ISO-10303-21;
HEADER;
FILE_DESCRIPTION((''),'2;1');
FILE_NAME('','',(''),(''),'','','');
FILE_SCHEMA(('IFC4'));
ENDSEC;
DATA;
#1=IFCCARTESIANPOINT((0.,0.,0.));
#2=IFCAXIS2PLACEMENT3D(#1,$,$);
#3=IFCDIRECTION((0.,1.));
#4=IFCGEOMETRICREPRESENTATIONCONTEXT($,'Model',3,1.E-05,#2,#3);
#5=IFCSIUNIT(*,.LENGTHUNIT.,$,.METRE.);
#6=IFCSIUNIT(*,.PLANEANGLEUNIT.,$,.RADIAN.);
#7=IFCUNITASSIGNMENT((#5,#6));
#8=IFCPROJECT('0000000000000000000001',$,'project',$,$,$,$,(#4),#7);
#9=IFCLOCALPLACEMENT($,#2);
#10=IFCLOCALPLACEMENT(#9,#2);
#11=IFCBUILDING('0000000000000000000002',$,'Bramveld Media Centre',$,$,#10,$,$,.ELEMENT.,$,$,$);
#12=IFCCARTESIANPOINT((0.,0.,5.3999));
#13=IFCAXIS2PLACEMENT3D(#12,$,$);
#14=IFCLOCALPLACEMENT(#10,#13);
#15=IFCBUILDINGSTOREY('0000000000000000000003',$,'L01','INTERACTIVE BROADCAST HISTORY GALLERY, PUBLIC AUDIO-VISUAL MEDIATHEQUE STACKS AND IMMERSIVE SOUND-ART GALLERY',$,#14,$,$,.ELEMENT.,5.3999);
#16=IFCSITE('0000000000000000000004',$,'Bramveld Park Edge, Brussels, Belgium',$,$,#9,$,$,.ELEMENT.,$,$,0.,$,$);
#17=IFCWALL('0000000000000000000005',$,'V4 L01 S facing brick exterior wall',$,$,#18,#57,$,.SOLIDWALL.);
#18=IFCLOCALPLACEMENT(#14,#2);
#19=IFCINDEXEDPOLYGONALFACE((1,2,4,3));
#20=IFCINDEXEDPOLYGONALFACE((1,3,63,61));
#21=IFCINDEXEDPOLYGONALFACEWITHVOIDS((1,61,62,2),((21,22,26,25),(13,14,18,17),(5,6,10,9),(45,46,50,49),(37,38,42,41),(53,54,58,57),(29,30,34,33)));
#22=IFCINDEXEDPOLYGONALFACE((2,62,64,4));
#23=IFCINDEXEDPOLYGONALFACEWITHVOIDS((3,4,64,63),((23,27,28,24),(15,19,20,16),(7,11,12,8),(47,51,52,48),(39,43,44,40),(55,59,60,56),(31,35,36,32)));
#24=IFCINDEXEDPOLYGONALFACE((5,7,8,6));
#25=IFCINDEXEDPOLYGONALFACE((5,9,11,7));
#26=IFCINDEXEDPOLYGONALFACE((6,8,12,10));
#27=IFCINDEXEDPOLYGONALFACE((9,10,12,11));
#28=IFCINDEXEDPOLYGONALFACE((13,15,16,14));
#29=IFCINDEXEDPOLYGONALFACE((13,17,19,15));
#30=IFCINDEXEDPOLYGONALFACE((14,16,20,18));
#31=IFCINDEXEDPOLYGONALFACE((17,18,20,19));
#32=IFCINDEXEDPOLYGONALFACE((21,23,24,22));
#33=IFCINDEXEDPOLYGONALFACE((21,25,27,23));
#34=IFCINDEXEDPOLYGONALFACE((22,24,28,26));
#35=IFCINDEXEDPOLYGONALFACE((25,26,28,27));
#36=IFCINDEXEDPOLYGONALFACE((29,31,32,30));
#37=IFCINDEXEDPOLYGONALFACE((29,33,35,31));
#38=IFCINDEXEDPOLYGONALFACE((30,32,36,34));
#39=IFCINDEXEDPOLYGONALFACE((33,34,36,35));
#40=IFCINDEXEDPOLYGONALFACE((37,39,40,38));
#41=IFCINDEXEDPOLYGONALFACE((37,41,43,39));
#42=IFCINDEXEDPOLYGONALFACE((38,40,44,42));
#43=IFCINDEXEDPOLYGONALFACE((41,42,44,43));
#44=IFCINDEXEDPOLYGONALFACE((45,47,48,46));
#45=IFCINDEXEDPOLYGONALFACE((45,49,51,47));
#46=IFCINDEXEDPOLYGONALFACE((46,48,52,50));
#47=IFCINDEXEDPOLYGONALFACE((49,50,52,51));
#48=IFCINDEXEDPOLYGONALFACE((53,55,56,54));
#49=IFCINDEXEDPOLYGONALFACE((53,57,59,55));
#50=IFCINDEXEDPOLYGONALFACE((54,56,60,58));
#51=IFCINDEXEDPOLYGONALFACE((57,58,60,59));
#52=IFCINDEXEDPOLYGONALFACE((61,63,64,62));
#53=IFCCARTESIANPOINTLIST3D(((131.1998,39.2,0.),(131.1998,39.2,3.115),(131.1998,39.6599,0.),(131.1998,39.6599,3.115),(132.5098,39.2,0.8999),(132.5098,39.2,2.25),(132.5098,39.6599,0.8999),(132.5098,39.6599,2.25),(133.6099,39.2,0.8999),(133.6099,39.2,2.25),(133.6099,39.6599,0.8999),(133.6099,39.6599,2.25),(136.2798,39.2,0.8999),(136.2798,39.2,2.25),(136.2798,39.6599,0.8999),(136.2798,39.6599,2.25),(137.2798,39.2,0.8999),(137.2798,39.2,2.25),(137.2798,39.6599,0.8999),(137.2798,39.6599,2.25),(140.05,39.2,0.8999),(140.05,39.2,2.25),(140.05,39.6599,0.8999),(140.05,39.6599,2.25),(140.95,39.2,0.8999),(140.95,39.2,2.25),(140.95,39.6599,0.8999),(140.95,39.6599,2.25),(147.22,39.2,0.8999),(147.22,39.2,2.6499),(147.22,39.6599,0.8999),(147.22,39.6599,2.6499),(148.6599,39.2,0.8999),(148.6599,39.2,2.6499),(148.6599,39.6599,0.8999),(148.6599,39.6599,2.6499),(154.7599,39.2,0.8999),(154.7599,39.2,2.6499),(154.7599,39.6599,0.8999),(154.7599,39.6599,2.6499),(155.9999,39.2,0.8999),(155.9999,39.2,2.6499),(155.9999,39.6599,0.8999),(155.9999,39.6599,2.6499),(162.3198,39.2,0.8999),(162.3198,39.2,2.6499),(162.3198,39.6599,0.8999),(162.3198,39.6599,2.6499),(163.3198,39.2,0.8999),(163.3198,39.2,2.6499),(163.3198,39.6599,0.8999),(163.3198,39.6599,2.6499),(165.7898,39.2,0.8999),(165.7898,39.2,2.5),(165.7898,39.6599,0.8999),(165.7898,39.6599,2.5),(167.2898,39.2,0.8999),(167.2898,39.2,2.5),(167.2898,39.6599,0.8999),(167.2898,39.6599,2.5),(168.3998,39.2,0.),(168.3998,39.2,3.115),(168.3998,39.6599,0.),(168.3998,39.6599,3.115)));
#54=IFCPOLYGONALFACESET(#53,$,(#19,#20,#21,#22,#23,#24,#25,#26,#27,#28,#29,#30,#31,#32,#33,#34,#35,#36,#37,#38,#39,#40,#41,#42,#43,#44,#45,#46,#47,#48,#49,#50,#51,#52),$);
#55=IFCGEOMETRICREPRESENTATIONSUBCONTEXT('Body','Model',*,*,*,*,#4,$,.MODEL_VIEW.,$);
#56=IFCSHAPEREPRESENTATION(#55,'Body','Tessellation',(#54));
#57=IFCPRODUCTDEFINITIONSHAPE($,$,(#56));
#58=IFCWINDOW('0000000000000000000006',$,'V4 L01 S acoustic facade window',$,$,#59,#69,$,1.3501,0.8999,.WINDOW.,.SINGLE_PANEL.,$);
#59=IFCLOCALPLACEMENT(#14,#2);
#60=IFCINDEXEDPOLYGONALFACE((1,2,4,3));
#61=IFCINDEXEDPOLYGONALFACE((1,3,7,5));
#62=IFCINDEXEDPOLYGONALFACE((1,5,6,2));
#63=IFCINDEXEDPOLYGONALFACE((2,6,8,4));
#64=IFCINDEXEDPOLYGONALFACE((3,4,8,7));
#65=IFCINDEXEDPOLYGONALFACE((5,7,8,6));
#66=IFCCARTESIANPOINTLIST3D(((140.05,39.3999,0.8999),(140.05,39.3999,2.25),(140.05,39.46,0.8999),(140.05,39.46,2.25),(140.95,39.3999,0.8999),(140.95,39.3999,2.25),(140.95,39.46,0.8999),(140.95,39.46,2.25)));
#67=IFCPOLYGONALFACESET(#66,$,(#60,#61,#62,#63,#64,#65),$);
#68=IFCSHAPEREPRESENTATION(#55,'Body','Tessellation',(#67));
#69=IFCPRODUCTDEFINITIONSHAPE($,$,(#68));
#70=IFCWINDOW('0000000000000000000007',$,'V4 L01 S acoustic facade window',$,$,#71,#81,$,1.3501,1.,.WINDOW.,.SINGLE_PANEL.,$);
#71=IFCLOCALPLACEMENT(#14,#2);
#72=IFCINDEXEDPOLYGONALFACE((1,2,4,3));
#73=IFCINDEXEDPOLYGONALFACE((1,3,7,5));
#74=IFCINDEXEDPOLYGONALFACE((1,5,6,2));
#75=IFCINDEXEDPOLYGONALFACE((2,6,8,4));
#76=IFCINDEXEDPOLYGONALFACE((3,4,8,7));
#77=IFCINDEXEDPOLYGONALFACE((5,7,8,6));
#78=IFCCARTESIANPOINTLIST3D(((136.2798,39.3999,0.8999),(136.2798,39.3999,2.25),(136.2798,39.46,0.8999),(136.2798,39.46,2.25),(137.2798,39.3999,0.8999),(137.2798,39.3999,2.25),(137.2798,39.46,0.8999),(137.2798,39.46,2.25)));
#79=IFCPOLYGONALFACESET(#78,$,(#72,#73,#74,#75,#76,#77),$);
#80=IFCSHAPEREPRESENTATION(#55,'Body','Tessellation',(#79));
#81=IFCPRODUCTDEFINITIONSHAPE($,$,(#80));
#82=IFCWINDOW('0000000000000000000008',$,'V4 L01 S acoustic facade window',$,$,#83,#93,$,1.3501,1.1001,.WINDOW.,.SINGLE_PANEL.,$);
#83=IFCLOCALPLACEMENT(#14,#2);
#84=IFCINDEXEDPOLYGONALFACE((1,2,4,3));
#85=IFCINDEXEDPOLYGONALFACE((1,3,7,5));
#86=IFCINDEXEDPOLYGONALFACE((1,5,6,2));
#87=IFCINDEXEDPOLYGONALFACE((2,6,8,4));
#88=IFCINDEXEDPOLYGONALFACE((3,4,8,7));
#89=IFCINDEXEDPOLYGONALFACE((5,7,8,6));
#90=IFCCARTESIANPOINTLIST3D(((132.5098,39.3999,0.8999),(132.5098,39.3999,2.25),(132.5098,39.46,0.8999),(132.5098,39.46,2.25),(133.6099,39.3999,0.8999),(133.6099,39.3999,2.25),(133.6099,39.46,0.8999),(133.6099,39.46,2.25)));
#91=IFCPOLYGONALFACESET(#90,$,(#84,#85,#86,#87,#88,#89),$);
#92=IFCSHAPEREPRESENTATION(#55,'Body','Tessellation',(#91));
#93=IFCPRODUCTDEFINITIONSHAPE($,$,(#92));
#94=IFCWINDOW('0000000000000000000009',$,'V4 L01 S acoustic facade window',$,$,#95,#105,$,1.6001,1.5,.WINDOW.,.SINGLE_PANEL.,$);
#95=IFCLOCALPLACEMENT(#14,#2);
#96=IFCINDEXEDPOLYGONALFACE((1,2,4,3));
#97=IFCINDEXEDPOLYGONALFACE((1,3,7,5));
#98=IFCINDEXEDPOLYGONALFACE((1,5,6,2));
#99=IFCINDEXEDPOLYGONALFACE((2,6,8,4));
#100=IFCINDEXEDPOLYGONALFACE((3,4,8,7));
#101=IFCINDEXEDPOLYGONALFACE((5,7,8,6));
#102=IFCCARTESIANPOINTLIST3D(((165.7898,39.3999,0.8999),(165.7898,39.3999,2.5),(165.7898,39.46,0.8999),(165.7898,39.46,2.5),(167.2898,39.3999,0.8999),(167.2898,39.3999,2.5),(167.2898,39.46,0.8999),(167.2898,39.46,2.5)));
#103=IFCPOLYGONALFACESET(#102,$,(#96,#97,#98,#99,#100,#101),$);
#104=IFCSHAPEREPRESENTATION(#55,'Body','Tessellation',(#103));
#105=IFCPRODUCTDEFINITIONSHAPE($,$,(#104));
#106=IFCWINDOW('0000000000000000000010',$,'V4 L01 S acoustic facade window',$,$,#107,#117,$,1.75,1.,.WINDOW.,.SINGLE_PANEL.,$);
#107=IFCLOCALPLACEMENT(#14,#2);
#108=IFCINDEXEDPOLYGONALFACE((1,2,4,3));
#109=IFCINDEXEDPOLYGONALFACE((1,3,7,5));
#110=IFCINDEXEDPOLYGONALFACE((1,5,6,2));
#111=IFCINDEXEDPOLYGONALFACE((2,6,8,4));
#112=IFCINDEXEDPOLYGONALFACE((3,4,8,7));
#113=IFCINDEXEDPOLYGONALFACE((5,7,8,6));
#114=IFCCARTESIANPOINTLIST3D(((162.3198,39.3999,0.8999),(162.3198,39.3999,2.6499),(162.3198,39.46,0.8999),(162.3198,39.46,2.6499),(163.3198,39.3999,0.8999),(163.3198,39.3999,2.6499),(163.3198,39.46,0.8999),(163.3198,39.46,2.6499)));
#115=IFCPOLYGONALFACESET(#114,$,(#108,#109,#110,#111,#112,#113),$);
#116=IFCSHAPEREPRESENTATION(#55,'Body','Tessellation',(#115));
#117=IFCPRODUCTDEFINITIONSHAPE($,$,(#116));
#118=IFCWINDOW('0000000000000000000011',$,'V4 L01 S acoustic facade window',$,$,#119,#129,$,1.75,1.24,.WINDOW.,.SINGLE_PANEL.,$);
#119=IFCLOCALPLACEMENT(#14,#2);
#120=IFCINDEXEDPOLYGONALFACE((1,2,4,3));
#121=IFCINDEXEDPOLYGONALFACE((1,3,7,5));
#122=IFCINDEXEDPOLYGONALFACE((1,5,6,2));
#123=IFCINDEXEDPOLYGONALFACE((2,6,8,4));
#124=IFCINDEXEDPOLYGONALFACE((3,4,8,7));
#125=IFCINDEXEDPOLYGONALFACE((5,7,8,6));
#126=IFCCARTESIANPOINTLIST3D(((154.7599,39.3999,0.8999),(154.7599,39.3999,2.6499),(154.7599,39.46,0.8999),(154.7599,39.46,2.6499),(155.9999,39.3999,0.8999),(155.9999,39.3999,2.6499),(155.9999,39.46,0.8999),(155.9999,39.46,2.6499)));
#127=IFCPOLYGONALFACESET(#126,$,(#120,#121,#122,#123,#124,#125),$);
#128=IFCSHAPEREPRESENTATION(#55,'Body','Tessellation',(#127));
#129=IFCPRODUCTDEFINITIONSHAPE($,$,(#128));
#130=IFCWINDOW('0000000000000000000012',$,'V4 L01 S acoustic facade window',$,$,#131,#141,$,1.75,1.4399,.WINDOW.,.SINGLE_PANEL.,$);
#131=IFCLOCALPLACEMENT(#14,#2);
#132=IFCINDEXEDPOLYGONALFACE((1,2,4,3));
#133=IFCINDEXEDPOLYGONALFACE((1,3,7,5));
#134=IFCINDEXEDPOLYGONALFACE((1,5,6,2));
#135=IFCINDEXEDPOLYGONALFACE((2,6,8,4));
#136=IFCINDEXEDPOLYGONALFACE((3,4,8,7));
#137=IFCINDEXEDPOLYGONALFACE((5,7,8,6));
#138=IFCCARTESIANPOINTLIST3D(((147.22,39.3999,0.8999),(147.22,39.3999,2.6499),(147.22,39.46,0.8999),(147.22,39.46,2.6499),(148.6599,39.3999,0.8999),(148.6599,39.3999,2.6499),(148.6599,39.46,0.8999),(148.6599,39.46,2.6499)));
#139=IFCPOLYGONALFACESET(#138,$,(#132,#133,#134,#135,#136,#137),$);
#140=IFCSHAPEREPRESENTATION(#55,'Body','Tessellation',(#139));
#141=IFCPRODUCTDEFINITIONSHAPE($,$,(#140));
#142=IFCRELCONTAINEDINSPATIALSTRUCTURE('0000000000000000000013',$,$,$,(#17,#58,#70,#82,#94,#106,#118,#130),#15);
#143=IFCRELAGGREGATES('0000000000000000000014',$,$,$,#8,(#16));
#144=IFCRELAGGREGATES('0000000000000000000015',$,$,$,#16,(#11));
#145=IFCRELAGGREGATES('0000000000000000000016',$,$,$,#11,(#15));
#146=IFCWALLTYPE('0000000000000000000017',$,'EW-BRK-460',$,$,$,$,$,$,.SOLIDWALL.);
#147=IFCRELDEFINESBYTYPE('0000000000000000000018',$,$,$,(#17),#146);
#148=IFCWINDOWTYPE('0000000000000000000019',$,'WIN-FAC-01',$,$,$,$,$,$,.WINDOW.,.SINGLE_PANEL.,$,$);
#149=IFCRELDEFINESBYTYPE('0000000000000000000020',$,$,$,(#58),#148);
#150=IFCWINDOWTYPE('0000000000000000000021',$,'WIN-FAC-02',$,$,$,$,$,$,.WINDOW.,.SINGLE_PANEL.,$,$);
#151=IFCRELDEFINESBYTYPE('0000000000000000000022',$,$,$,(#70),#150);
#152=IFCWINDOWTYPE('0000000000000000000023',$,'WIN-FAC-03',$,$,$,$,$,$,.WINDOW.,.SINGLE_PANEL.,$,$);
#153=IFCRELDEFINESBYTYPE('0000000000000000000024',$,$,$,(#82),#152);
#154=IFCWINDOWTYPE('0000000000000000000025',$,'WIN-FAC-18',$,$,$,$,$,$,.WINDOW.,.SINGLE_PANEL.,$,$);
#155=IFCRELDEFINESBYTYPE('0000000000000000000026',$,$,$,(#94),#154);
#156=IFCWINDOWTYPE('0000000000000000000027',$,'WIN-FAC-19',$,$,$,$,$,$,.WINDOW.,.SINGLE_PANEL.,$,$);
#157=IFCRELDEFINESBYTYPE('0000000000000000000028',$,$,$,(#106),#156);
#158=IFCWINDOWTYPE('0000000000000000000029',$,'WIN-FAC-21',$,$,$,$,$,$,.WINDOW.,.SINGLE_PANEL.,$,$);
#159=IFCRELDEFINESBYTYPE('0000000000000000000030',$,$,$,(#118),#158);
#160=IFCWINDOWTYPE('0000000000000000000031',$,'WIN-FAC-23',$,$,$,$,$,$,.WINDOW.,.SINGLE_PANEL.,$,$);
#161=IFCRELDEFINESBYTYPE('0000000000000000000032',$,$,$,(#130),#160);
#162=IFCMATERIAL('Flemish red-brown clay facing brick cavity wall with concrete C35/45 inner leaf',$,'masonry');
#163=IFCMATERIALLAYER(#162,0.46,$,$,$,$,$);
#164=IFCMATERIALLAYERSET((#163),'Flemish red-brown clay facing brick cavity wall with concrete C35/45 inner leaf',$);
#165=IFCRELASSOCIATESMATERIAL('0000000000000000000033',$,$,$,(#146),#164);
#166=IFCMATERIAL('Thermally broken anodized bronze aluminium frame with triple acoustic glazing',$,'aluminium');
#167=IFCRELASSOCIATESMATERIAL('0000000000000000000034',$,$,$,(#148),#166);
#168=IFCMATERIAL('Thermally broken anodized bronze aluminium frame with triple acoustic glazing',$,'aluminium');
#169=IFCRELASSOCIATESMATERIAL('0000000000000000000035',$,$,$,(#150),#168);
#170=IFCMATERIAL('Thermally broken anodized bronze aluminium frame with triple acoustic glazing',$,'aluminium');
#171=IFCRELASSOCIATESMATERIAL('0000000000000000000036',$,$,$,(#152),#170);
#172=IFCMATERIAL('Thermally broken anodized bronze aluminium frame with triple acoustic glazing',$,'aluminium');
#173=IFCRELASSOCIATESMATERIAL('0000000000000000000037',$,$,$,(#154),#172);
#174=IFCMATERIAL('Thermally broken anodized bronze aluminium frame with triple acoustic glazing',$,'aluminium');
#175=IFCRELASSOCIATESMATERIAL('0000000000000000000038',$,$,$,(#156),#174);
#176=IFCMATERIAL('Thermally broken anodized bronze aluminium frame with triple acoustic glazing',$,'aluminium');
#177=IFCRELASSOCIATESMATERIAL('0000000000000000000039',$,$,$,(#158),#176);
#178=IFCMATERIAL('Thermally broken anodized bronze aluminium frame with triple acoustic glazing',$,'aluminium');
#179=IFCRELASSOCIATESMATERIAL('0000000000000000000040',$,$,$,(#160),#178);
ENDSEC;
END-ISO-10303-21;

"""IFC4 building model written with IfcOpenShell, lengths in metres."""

from ifc_helpers import new_model, si_unit, direction, frame, frame_2d, origin, place, context, subcontext, project, spatial, rectangle, extrude, material, layer, layer_set, type_object, element, fill, save


model = new_model("IFC4")

# Units and contexts
model_context = context("Model", 3, precision=1e-05, world=origin(), true_north=direction((0.0, 1.0)))
body_context = subcontext(model_context, "Body", "Model", "MODEL_VIEW")
ifc_project = project(units=[si_unit("LENGTHUNIT", "METRE"), si_unit("PLANEANGLEUNIT", "RADIAN")], contexts=[model_context])

# Site, building, storey
site_placement = place(None, origin())
site = spatial("IfcSite", under=ifc_project, at=site_placement, Name="Bramveld Park Edge, Brussels, Belgium", CompositionType="ELEMENT", RefElevation=0.0)
building_placement = place(site_placement, origin())
building = spatial("IfcBuilding", under=site, at=building_placement, Name="Bramveld Media Centre", CompositionType="ELEMENT")
storey_placement = place(building_placement, frame((0.0, 0.0, 5.3999)))
storey = spatial("IfcBuildingStorey", under=building, at=storey_placement, Name="L01", Description="INTERACTIVE BROADCAST HISTORY GALLERY, PUBLIC AUDIO-VISUAL MEDIATHEQUE STACKS AND IMMERSIVE SOUND-ART GALLERY", CompositionType="ELEMENT", Elevation=5.3999)

# Wall, openings, windows
ifc_material_1 = material(Name="Flemish red-brown clay facing brick cavity wall with concrete C35/45 inner leaf", Category="masonry")
ifc_layer_1 = layer(ifc_material_1, 0.46)
ifc_layer_set_1 = layer_set([ifc_layer_1], Name="Flemish red-brown clay facing brick cavity wall with concrete C35/45 inner leaf")
wall_type_1 = type_object("IfcWallType", Name="EW-BRK-460", PredefinedType="SOLIDWALL", material=ifc_layer_set_1)
wall_1_placement = place(storey_placement, frame((168.3999, 39.4299, 0.0), z_axis=(0.0, 0.0, 1.0), x_axis=(-1.0, 0.0, 0.0)))
wall_1 = element("IfcWall", 1, at=wall_1_placement, inside=storey, type_object=wall_type_1, Name="V4 L01 S facing brick exterior wall", PredefinedType="SOLIDWALL", context=body_context, shape_type="SweptSolid", body=[
    extrude(rectangle(XDim=37.2, YDim=0.46, at=frame_2d((18.6001, 0.0))), origin(), (0.0, 0.0, 1.0), 3.115),
])
opening_1_placement = place(wall_1_placement, frame((1.1101, 0.0, 0.8999)))
opening_1 = element("IfcOpeningElement", 2, at=opening_1_placement, cuts=wall_1, PredefinedType="OPENING", context=body_context, shape_type="SweptSolid", body=[
    extrude(rectangle(XDim=1.5, YDim=1.6001, at=frame_2d((0.75, 0.8))), frame((0.0, 0.2419, 0.0), z_axis=(0.0, -1.0, 0.0), x_axis=(1.0, 0.0, 0.0)), (0.0, 0.0, 1.0), 0.4839),
])
opening_2_placement = place(wall_1_placement, frame((5.0801, 0.0, 0.8999)))
opening_2 = element("IfcOpeningElement", 3, at=opening_2_placement, cuts=wall_1, PredefinedType="OPENING", context=body_context, shape_type="SweptSolid", body=[
    extrude(rectangle(XDim=1.0, YDim=1.75, at=frame_2d((0.5, 0.875))), frame((0.0, 0.2419, 0.0), z_axis=(0.0, -1.0, 0.0), x_axis=(1.0, 0.0, 0.0)), (0.0, 0.0, 1.0), 0.4839),
])
opening_3_placement = place(wall_1_placement, frame((12.3999, 0.0, 0.8999)))
opening_3 = element("IfcOpeningElement", 4, at=opening_3_placement, cuts=wall_1, PredefinedType="OPENING", context=body_context, shape_type="SweptSolid", body=[
    extrude(rectangle(XDim=1.24, YDim=1.75, at=frame_2d((0.6201, 0.875))), frame((0.0, 0.2419, 0.0), z_axis=(0.0, -1.0, 0.0), x_axis=(1.0, 0.0, 0.0)), (0.0, 0.0, 1.0), 0.4839),
])
opening_4_placement = place(wall_1_placement, frame((19.74, 0.0, 0.8999)))
opening_4 = element("IfcOpeningElement", 5, at=opening_4_placement, cuts=wall_1, PredefinedType="OPENING", context=body_context, shape_type="SweptSolid", body=[
    extrude(rectangle(XDim=1.4399, YDim=1.75, at=frame_2d((0.72, 0.875))), frame((0.0, 0.2419, 0.0), z_axis=(0.0, -1.0, 0.0), x_axis=(1.0, 0.0, 0.0)), (0.0, 0.0, 1.0), 0.4839),
])
opening_5_placement = place(wall_1_placement, frame((27.45, 0.0, 0.8999)))
opening_5 = element("IfcOpeningElement", 6, at=opening_5_placement, cuts=wall_1, PredefinedType="OPENING", context=body_context, shape_type="SweptSolid", body=[
    extrude(rectangle(XDim=0.8999, YDim=1.3501, at=frame_2d((0.45, 0.675))), frame((0.0, 0.2419, 0.0), z_axis=(0.0, -1.0, 0.0), x_axis=(1.0, 0.0, 0.0)), (0.0, 0.0, 1.0), 0.4839),
])
opening_6_placement = place(wall_1_placement, frame((31.1201, 0.0, 0.8999)))
opening_6 = element("IfcOpeningElement", 7, at=opening_6_placement, cuts=wall_1, PredefinedType="OPENING", context=body_context, shape_type="SweptSolid", body=[
    extrude(rectangle(XDim=1.0, YDim=1.3501, at=frame_2d((0.5, 0.675))), frame((0.0, 0.2419, 0.0), z_axis=(0.0, -1.0, 0.0), x_axis=(1.0, 0.0, 0.0)), (0.0, 0.0, 1.0), 0.4839),
])
opening_7_placement = place(wall_1_placement, frame((34.79, 0.0, 0.8999)))
opening_7 = element("IfcOpeningElement", 8, at=opening_7_placement, cuts=wall_1, PredefinedType="OPENING", context=body_context, shape_type="SweptSolid", body=[
    extrude(rectangle(XDim=1.1001, YDim=1.3501, at=frame_2d((0.55, 0.675))), frame((0.0, 0.2419, 0.0), z_axis=(0.0, -1.0, 0.0), x_axis=(1.0, 0.0, 0.0)), (0.0, 0.0, 1.0), 0.4839),
])
ifc_material_2 = material(Name="Thermally broken anodized bronze aluminium frame with triple acoustic glazing", Category="aluminium")
window_type_1 = type_object("IfcWindowType", Name="WIN-FAC-01", PartitioningType="SINGLE_PANEL", PredefinedType="WINDOW", material=ifc_material_2)
window_1_placement = place(opening_5_placement, origin())
window_1 = element("IfcWindow", 9, at=window_1_placement, inside=storey, type_object=window_type_1, Name="V4 L01 S acoustic facade window", OverallHeight=1.3501, OverallWidth=0.8999, PartitioningType="SINGLE_PANEL", PredefinedType="WINDOW", context=body_context, shape_type="SweptSolid", body=[
    extrude(rectangle(XDim=0.8999, YDim=1.3501, at=frame_2d((0.45, 0.675))), frame((0.0, 0.03, 0.0), z_axis=(0.0, -1.0, 0.0), x_axis=(1.0, 0.0, 0.0)), (0.0, 0.0, 1.0), 0.0601),
])
fill(opening_5, window_1)
ifc_material_3 = material(Name="Thermally broken anodized bronze aluminium frame with triple acoustic glazing", Category="aluminium")
window_type_2 = type_object("IfcWindowType", Name="WIN-FAC-02", PartitioningType="SINGLE_PANEL", PredefinedType="WINDOW", material=ifc_material_3)
window_2_placement = place(opening_6_placement, origin())
window_2 = element("IfcWindow", 10, at=window_2_placement, inside=storey, type_object=window_type_2, Name="V4 L01 S acoustic facade window", OverallHeight=1.3501, OverallWidth=1.0, PartitioningType="SINGLE_PANEL", PredefinedType="WINDOW", context=body_context, shape_type="SweptSolid", body=[
    extrude(rectangle(XDim=1.0, YDim=1.3501, at=frame_2d((0.5, 0.675))), frame((0.0, 0.03, 0.0), z_axis=(0.0, -1.0, 0.0), x_axis=(1.0, 0.0, 0.0)), (0.0, 0.0, 1.0), 0.0601),
])
fill(opening_6, window_2)
ifc_material_4 = material(Name="Thermally broken anodized bronze aluminium frame with triple acoustic glazing", Category="aluminium")
window_type_3 = type_object("IfcWindowType", Name="WIN-FAC-03", PartitioningType="SINGLE_PANEL", PredefinedType="WINDOW", material=ifc_material_4)
window_3_placement = place(opening_7_placement, origin())
window_3 = element("IfcWindow", 11, at=window_3_placement, inside=storey, type_object=window_type_3, Name="V4 L01 S acoustic facade window", OverallHeight=1.3501, OverallWidth=1.1001, PartitioningType="SINGLE_PANEL", PredefinedType="WINDOW", context=body_context, shape_type="SweptSolid", body=[
    extrude(rectangle(XDim=1.1001, YDim=1.3501, at=frame_2d((0.55, 0.675))), frame((0.0, 0.03, 0.0), z_axis=(0.0, -1.0, 0.0), x_axis=(1.0, 0.0, 0.0)), (0.0, 0.0, 1.0), 0.0601),
])
fill(opening_7, window_3)
ifc_material_5 = material(Name="Thermally broken anodized bronze aluminium frame with triple acoustic glazing", Category="aluminium")
window_type_4 = type_object("IfcWindowType", Name="WIN-FAC-18", PartitioningType="SINGLE_PANEL", PredefinedType="WINDOW", material=ifc_material_5)
window_4_placement = place(opening_1_placement, origin())
window_4 = element("IfcWindow", 12, at=window_4_placement, inside=storey, type_object=window_type_4, Name="V4 L01 S acoustic facade window", OverallHeight=1.6001, OverallWidth=1.5, PartitioningType="SINGLE_PANEL", PredefinedType="WINDOW", context=body_context, shape_type="SweptSolid", body=[
    extrude(rectangle(XDim=1.5, YDim=1.6001, at=frame_2d((0.75, 0.8))), frame((0.0, 0.03, 0.0), z_axis=(0.0, -1.0, 0.0), x_axis=(1.0, 0.0, 0.0)), (0.0, 0.0, 1.0), 0.0601),
])
fill(opening_1, window_4)
ifc_material_6 = material(Name="Thermally broken anodized bronze aluminium frame with triple acoustic glazing", Category="aluminium")
window_type_5 = type_object("IfcWindowType", Name="WIN-FAC-19", PartitioningType="SINGLE_PANEL", PredefinedType="WINDOW", material=ifc_material_6)
window_5_placement = place(opening_2_placement, origin())
window_5 = element("IfcWindow", 13, at=window_5_placement, inside=storey, type_object=window_type_5, Name="V4 L01 S acoustic facade window", OverallHeight=1.75, OverallWidth=1.0, PartitioningType="SINGLE_PANEL", PredefinedType="WINDOW", context=body_context, shape_type="SweptSolid", body=[
    extrude(rectangle(XDim=1.0, YDim=1.75, at=frame_2d((0.5, 0.875))), frame((0.0, 0.03, 0.0), z_axis=(0.0, -1.0, 0.0), x_axis=(1.0, 0.0, 0.0)), (0.0, 0.0, 1.0), 0.0601),
])
fill(opening_2, window_5)
ifc_material_7 = material(Name="Thermally broken anodized bronze aluminium frame with triple acoustic glazing", Category="aluminium")
window_type_6 = type_object("IfcWindowType", Name="WIN-FAC-21", PartitioningType="SINGLE_PANEL", PredefinedType="WINDOW", material=ifc_material_7)
window_6_placement = place(opening_3_placement, origin())
window_6 = element("IfcWindow", 14, at=window_6_placement, inside=storey, type_object=window_type_6, Name="V4 L01 S acoustic facade window", OverallHeight=1.75, OverallWidth=1.24, PartitioningType="SINGLE_PANEL", PredefinedType="WINDOW", context=body_context, shape_type="SweptSolid", body=[
    extrude(rectangle(XDim=1.24, YDim=1.75, at=frame_2d((0.6201, 0.875))), frame((0.0, 0.03, 0.0), z_axis=(0.0, -1.0, 0.0), x_axis=(1.0, 0.0, 0.0)), (0.0, 0.0, 1.0), 0.0601),
])
fill(opening_3, window_6)
ifc_material_8 = material(Name="Thermally broken anodized bronze aluminium frame with triple acoustic glazing", Category="aluminium")
window_type_7 = type_object("IfcWindowType", Name="WIN-FAC-23", PartitioningType="SINGLE_PANEL", PredefinedType="WINDOW", material=ifc_material_8)
window_7_placement = place(opening_4_placement, origin())
window_7 = element("IfcWindow", 15, at=window_7_placement, inside=storey, type_object=window_type_7, Name="V4 L01 S acoustic facade window", OverallHeight=1.75, OverallWidth=1.4399, PartitioningType="SINGLE_PANEL", PredefinedType="WINDOW", context=body_context, shape_type="SweptSolid", body=[
    extrude(rectangle(XDim=1.4399, YDim=1.75, at=frame_2d((0.72, 0.875))), frame((0.0, 0.03, 0.0), z_axis=(0.0, -1.0, 0.0), x_axis=(1.0, 0.0, 0.0)), (0.0, 0.0, 1.0), 0.0601),
])
fill(opening_4, window_7)

save(model, "model.ifc")
